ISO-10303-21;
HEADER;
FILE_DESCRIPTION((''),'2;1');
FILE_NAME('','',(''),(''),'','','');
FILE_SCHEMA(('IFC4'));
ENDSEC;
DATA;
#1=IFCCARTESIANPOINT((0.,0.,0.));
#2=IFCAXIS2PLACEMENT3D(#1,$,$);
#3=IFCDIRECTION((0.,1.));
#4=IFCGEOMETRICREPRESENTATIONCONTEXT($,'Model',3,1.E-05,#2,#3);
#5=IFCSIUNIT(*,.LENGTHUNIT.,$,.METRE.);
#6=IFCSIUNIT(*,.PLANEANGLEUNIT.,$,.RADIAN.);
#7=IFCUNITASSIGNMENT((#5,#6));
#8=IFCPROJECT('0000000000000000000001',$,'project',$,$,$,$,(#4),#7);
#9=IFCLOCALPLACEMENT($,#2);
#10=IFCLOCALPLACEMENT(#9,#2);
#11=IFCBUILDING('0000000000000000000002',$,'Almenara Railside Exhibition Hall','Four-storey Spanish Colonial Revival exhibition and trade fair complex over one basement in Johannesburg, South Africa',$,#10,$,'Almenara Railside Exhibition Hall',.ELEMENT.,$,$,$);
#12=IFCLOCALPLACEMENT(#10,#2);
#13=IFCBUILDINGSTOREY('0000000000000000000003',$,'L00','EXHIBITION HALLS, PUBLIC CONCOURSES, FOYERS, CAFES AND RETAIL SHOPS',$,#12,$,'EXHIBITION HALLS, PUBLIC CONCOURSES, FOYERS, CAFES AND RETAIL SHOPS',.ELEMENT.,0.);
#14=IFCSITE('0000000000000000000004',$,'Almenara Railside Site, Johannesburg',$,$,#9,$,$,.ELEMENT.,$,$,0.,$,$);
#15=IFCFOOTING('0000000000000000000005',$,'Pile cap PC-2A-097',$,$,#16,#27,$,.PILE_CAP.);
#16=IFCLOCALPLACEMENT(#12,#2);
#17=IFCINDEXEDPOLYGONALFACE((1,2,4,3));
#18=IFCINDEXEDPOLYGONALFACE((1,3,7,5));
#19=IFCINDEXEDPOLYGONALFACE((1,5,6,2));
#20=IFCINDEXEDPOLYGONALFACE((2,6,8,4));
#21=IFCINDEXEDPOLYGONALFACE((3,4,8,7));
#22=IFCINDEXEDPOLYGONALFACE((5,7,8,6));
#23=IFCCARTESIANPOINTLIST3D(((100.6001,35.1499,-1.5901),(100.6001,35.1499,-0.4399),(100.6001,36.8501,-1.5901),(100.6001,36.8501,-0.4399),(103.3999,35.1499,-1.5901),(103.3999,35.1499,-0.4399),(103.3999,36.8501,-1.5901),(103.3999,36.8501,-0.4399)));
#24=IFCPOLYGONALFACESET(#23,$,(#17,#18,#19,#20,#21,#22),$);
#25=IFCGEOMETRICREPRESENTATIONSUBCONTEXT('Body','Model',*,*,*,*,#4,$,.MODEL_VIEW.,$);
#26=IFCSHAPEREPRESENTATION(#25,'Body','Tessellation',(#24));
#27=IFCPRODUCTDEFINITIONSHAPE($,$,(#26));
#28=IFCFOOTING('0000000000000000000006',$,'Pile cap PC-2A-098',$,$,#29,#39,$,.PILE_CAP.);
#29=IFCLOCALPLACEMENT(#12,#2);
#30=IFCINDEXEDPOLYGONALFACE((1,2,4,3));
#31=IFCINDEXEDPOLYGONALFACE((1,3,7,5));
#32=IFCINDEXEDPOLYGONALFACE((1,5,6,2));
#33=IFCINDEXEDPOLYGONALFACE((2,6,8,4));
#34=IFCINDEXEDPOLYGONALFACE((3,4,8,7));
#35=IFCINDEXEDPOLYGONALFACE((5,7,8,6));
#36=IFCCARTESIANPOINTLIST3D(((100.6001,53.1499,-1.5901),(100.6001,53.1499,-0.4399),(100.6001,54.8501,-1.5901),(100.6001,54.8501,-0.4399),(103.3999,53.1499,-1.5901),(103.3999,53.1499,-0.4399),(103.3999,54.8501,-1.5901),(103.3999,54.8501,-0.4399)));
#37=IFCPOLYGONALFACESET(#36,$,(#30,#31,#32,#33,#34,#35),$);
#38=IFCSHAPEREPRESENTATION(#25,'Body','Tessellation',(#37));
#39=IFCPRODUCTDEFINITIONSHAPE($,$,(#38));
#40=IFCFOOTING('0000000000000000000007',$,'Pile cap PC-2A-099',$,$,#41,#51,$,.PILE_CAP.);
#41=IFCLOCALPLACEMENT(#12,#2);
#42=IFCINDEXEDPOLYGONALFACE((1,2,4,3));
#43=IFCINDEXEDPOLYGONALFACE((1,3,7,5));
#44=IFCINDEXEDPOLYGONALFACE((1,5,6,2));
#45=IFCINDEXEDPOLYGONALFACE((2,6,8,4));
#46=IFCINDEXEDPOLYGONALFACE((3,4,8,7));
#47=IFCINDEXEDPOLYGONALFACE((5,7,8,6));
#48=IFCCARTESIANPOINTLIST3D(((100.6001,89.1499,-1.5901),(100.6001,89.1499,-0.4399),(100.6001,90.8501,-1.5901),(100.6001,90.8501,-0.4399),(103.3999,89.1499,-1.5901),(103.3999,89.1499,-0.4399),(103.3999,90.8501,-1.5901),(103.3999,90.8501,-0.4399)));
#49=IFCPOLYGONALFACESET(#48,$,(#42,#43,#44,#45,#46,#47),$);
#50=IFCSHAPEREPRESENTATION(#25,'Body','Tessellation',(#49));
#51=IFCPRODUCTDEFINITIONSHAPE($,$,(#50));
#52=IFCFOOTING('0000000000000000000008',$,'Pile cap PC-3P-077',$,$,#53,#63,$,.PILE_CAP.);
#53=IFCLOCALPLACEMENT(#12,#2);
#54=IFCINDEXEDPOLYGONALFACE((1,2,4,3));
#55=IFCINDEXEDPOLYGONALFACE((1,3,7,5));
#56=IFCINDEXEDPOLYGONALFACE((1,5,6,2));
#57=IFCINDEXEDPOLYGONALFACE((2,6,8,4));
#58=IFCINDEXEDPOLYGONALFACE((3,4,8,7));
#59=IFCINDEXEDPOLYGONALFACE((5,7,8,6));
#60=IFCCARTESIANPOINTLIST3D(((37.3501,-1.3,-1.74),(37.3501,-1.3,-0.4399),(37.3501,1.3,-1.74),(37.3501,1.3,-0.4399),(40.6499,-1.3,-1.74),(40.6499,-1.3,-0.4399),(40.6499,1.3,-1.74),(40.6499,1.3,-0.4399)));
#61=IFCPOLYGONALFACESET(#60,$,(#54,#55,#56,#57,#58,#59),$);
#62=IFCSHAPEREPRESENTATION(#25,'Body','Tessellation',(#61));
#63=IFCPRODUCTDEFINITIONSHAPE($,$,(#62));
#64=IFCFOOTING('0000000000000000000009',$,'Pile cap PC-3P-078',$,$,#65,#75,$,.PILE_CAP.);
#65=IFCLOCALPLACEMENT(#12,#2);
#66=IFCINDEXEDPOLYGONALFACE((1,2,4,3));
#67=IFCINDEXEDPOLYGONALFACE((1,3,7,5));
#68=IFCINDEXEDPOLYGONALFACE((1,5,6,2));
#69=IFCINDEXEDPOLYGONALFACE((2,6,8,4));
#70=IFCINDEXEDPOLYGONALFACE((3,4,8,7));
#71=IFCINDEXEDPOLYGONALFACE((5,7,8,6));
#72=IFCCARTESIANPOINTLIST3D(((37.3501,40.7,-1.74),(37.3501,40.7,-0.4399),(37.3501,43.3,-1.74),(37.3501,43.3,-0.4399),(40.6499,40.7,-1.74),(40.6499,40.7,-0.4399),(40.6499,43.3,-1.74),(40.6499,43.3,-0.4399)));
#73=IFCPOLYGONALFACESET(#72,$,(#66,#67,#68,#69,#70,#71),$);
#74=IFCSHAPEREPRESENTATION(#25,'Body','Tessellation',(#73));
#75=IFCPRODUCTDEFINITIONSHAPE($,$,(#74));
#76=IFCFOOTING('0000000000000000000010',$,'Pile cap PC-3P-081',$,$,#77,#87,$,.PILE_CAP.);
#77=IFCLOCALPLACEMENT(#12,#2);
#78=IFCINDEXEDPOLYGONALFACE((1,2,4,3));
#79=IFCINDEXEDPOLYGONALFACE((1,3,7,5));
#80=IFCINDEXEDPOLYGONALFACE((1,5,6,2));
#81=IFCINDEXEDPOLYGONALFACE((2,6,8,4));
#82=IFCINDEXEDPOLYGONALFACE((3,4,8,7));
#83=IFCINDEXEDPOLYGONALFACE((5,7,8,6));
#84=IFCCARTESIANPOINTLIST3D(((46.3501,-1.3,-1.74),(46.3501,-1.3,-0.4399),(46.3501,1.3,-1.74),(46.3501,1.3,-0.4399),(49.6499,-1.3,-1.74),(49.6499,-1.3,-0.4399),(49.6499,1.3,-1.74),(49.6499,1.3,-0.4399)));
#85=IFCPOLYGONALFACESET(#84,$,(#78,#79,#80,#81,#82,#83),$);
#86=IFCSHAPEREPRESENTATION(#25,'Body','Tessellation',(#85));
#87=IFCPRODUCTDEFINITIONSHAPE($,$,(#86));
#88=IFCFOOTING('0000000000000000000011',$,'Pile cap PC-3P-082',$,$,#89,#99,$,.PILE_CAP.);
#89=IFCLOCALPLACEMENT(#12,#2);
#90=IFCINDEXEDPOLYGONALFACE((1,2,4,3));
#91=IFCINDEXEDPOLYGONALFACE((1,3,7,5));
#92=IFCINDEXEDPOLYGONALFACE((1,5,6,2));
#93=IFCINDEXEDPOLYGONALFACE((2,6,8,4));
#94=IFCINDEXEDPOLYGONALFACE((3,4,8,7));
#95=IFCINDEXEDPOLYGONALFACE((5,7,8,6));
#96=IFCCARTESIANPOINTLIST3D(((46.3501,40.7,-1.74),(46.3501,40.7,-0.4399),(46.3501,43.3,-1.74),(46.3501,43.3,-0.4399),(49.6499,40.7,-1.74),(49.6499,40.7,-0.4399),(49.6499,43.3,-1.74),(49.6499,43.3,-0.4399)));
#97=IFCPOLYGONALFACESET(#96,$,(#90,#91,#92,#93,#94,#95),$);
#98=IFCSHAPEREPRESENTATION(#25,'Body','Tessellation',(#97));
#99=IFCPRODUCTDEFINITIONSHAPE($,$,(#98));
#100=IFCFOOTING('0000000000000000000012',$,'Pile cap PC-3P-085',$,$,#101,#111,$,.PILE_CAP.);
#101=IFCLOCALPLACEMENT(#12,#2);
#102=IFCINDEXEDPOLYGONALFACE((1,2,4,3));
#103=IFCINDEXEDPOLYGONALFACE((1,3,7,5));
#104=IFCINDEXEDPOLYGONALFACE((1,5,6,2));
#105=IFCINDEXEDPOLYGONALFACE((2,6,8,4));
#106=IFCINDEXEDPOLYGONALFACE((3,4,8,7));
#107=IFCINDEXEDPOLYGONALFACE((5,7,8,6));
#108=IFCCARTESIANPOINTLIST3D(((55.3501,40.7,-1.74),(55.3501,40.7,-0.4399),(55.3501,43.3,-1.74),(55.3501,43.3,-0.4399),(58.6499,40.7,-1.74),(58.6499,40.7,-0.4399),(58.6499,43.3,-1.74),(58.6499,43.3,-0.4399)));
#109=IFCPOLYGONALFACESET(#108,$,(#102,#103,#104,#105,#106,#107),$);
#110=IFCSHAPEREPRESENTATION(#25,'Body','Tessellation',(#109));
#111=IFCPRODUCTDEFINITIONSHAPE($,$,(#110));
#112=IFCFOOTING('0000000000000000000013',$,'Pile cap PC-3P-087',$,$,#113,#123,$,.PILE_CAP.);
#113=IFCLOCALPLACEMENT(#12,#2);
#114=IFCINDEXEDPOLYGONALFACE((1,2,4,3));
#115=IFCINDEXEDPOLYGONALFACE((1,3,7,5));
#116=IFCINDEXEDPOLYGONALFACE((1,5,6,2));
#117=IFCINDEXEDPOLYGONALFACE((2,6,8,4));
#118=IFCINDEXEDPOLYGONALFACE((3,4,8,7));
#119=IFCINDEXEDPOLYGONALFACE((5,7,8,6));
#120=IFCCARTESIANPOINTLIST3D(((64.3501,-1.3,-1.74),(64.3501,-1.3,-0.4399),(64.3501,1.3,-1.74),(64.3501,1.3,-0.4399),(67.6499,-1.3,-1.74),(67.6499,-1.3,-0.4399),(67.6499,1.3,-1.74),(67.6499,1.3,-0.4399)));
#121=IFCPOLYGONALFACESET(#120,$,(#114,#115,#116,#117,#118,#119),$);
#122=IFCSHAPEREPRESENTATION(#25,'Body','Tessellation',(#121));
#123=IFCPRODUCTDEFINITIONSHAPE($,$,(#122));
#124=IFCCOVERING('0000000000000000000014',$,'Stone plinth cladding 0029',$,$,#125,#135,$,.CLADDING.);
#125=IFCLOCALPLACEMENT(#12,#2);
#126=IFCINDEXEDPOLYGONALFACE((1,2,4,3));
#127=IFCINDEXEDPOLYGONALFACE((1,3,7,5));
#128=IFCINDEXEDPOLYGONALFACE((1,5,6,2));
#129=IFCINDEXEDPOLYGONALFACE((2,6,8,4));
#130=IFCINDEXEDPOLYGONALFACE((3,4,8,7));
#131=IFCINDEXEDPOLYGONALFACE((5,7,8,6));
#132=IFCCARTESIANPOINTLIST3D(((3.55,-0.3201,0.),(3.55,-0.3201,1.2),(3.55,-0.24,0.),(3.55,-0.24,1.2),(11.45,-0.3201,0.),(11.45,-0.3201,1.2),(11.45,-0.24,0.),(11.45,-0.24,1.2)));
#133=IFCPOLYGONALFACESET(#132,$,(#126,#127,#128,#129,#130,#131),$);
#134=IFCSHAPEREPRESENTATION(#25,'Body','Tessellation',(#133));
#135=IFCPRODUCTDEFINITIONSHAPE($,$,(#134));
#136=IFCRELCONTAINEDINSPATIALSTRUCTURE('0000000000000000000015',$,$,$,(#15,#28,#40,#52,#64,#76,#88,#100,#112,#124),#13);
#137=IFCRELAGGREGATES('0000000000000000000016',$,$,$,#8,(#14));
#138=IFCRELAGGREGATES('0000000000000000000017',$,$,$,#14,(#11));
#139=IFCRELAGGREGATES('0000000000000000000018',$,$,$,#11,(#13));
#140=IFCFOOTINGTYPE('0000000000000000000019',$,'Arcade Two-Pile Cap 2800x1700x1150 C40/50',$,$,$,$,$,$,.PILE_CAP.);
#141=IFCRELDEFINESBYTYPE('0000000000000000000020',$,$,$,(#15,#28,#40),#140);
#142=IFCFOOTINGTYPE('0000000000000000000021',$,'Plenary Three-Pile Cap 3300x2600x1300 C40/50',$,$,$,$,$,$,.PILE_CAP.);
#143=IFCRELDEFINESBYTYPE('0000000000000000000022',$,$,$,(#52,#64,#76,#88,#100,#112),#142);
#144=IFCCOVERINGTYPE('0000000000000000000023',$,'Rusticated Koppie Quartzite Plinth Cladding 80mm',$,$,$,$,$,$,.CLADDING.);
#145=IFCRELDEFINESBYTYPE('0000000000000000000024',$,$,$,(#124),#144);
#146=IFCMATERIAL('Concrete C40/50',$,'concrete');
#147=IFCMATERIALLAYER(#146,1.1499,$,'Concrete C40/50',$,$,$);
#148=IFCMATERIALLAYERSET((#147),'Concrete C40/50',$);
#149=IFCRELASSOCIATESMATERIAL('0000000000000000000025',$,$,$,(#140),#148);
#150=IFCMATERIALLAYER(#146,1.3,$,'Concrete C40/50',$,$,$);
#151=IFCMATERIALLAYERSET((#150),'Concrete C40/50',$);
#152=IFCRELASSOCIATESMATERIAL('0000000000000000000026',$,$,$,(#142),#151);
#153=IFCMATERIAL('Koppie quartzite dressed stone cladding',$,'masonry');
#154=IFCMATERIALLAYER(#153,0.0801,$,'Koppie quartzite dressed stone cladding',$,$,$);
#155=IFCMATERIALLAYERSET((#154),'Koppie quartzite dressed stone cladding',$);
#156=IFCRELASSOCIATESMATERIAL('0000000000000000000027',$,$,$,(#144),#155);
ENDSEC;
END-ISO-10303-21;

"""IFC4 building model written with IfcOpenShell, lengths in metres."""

from ifc_helpers import new_model, si_unit, direction, frame, origin, origin_2d, place, context, subcontext, project, spatial, polyline, rectangle, outline, extrude, material, layer, layer_set, type_object, element, save


model = new_model("IFC4")

# Units and contexts
model_context = context("Model", 3, precision=1e-05, world=origin(), true_north=direction((0.0, 1.0)))
body_context = subcontext(model_context, "Body", "Model", "MODEL_VIEW")
ifc_project = project(units=[si_unit("LENGTHUNIT", "METRE"), si_unit("PLANEANGLEUNIT", "RADIAN")], contexts=[model_context])

# Site, building, storey
site_placement = place(None, origin())
site = spatial("IfcSite", under=ifc_project, at=site_placement, Name="Almenara Railside Site, Johannesburg", CompositionType="ELEMENT", RefElevation=0.0)
building_placement = place(site_placement, origin())
building = spatial("IfcBuilding", under=site, at=building_placement, Name="Almenara Railside Exhibition Hall", Description="Four-storey Spanish Colonial Revival exhibition and trade fair complex over one basement in Johannesburg, South Africa", LongName="Almenara Railside Exhibition Hall", CompositionType="ELEMENT")
storey_placement = place(building_placement, origin())
storey = spatial("IfcBuildingStorey", under=building, at=storey_placement, Name="L00", Description="EXHIBITION HALLS, PUBLIC CONCOURSES, FOYERS, CAFES AND RETAIL SHOPS", LongName="EXHIBITION HALLS, PUBLIC CONCOURSES, FOYERS, CAFES AND RETAIL SHOPS", CompositionType="ELEMENT", Elevation=0.0)

# Footings
ifc_material_1 = material(Name="Concrete C40/50", Category="concrete")
ifc_layer_1 = layer(ifc_material_1, 1.1499, Name="Concrete C40/50")
ifc_layer_set_1 = layer_set([ifc_layer_1], Name="Concrete C40/50")
footing_type_1 = type_object("IfcFootingType", Name="Arcade Two-Pile Cap 2800x1700x1150 C40/50", PredefinedType="PILE_CAP", material=ifc_layer_set_1)
footing_1_placement = place(storey_placement, frame((0.0, 0.0, -1.5901)))
element("IfcFooting", 1, at=footing_1_placement, inside=storey, type_object=footing_type_1, Name="Pile cap PC-2A-097", PredefinedType="PILE_CAP", context=body_context, shape_type="SweptSolid", body=[
    extrude(outline(polyline([(100.6001, 35.1499), (103.3999, 35.1499), (103.3999, 36.8501), (100.6001, 36.8501), (100.6001, 35.1499)])), origin(), (0.0, 0.0, 1.0), 1.1501),
])
footing_2_placement = place(storey_placement, frame((0.0, 0.0, -1.5901)))
element("IfcFooting", 2, at=footing_2_placement, inside=storey, type_object=footing_type_1, Name="Pile cap PC-2A-098", PredefinedType="PILE_CAP", context=body_context, shape_type="SweptSolid", body=[
    extrude(outline(polyline([(100.6001, 53.1499), (103.3999, 53.1499), (103.3999, 54.8501), (100.6001, 54.8501), (100.6001, 53.1499)])), origin(), (0.0, 0.0, 1.0), 1.1501),
])
footing_3_placement = place(storey_placement, frame((0.0, 0.0, -1.5901)))
element("IfcFooting", 3, at=footing_3_placement, inside=storey, type_object=footing_type_1, Name="Pile cap PC-2A-099", PredefinedType="PILE_CAP", context=body_context, shape_type="SweptSolid", body=[
    extrude(outline(polyline([(100.6001, 89.1499), (103.3999, 89.1499), (103.3999, 90.8501), (100.6001, 90.8501), (100.6001, 89.1499)])), origin(), (0.0, 0.0, 1.0), 1.1501),
])
ifc_layer_2 = layer(ifc_material_1, 1.3, Name="Concrete C40/50")
ifc_layer_set_2 = layer_set([ifc_layer_2], Name="Concrete C40/50")
footing_type_2 = type_object("IfcFootingType", Name="Plenary Three-Pile Cap 3300x2600x1300 C40/50", PredefinedType="PILE_CAP", material=ifc_layer_set_2)
footing_4_placement = place(storey_placement, frame((0.0, 0.0, -1.74)))
element("IfcFooting", 4, at=footing_4_placement, inside=storey, type_object=footing_type_2, Name="Pile cap PC-3P-077", PredefinedType="PILE_CAP", context=body_context, shape_type="SweptSolid", body=[
    extrude(outline(polyline([(37.3501, -1.3), (40.6499, -1.3), (40.6499, 1.3), (37.3501, 1.3), (37.3501, -1.3)])), origin(), (0.0, 0.0, 1.0), 1.3),
])
footing_5_placement = place(storey_placement, frame((0.0, 0.0, -1.74)))
element("IfcFooting", 5, at=footing_5_placement, inside=storey, type_object=footing_type_2, Name="Pile cap PC-3P-078", PredefinedType="PILE_CAP", context=body_context, shape_type="SweptSolid", body=[
    extrude(outline(polyline([(37.3501, 40.7), (40.6499, 40.7), (40.6499, 43.3), (37.3501, 43.3), (37.3501, 40.7)])), origin(), (0.0, 0.0, 1.0), 1.3),
])
footing_6_placement = place(storey_placement, frame((0.0, 0.0, -1.74)))
element("IfcFooting", 6, at=footing_6_placement, inside=storey, type_object=footing_type_2, Name="Pile cap PC-3P-081", PredefinedType="PILE_CAP", context=body_context, shape_type="SweptSolid", body=[
    extrude(outline(polyline([(46.3501, -1.3), (49.6499, -1.3), (49.6499, 1.3), (46.3501, 1.3), (46.3501, -1.3)])), origin(), (0.0, 0.0, 1.0), 1.3),
])
footing_7_placement = place(storey_placement, frame((0.0, 0.0, -1.74)))
element("IfcFooting", 7, at=footing_7_placement, inside=storey, type_object=footing_type_2, Name="Pile cap PC-3P-082", PredefinedType="PILE_CAP", context=body_context, shape_type="SweptSolid", body=[
    extrude(outline(polyline([(46.3501, 40.7), (49.6499, 40.7), (49.6499, 43.3), (46.3501, 43.3), (46.3501, 40.7)])), origin(), (0.0, 0.0, 1.0), 1.3),
])
footing_8_placement = place(storey_placement, frame((0.0, 0.0, -1.74)))
element("IfcFooting", 8, at=footing_8_placement, inside=storey, type_object=footing_type_2, Name="Pile cap PC-3P-085", PredefinedType="PILE_CAP", context=body_context, shape_type="SweptSolid", body=[
    extrude(outline(polyline([(55.3501, 40.7), (58.6499, 40.7), (58.6499, 43.3), (55.3501, 43.3), (55.3501, 40.7)])), origin(), (0.0, 0.0, 1.0), 1.3),
])
footing_9_placement = place(storey_placement, frame((0.0, 0.0, -1.74)))
element("IfcFooting", 9, at=footing_9_placement, inside=storey, type_object=footing_type_2, Name="Pile cap PC-3P-087", PredefinedType="PILE_CAP", context=body_context, shape_type="SweptSolid", body=[
    extrude(outline(polyline([(64.3501, -1.3), (67.6499, -1.3), (67.6499, 1.3), (64.3501, 1.3), (64.3501, -1.3)])), origin(), (0.0, 0.0, 1.0), 1.3),
])

# Covering
ifc_material_2 = material(Name="Koppie quartzite dressed stone cladding", Category="masonry")
ifc_layer_3 = layer(ifc_material_2, 0.0801, Name="Koppie quartzite dressed stone cladding")
ifc_layer_set_3 = layer_set([ifc_layer_3], Name="Koppie quartzite dressed stone cladding")
covering_type = type_object("IfcCoveringType", Name="Rusticated Koppie Quartzite Plinth Cladding 80mm", PredefinedType="CLADDING", material=ifc_layer_set_3)
covering_placement = place(storey_placement, frame((7.5, -0.28, 0.0), z_axis=(0.0, 0.0, 1.0), x_axis=(1.0, 0.0, 0.0)))
element("IfcCovering", 10, at=covering_placement, inside=storey, type_object=covering_type, Name="Stone plinth cladding 0029", PredefinedType="CLADDING", context=body_context, shape_type="SweptSolid", body=[
    extrude(rectangle(XDim=7.8999, YDim=0.0801, at=origin_2d()), origin(), (0.0, 0.0, 1.0), 1.2),
])

save(model, "model.ifc")
